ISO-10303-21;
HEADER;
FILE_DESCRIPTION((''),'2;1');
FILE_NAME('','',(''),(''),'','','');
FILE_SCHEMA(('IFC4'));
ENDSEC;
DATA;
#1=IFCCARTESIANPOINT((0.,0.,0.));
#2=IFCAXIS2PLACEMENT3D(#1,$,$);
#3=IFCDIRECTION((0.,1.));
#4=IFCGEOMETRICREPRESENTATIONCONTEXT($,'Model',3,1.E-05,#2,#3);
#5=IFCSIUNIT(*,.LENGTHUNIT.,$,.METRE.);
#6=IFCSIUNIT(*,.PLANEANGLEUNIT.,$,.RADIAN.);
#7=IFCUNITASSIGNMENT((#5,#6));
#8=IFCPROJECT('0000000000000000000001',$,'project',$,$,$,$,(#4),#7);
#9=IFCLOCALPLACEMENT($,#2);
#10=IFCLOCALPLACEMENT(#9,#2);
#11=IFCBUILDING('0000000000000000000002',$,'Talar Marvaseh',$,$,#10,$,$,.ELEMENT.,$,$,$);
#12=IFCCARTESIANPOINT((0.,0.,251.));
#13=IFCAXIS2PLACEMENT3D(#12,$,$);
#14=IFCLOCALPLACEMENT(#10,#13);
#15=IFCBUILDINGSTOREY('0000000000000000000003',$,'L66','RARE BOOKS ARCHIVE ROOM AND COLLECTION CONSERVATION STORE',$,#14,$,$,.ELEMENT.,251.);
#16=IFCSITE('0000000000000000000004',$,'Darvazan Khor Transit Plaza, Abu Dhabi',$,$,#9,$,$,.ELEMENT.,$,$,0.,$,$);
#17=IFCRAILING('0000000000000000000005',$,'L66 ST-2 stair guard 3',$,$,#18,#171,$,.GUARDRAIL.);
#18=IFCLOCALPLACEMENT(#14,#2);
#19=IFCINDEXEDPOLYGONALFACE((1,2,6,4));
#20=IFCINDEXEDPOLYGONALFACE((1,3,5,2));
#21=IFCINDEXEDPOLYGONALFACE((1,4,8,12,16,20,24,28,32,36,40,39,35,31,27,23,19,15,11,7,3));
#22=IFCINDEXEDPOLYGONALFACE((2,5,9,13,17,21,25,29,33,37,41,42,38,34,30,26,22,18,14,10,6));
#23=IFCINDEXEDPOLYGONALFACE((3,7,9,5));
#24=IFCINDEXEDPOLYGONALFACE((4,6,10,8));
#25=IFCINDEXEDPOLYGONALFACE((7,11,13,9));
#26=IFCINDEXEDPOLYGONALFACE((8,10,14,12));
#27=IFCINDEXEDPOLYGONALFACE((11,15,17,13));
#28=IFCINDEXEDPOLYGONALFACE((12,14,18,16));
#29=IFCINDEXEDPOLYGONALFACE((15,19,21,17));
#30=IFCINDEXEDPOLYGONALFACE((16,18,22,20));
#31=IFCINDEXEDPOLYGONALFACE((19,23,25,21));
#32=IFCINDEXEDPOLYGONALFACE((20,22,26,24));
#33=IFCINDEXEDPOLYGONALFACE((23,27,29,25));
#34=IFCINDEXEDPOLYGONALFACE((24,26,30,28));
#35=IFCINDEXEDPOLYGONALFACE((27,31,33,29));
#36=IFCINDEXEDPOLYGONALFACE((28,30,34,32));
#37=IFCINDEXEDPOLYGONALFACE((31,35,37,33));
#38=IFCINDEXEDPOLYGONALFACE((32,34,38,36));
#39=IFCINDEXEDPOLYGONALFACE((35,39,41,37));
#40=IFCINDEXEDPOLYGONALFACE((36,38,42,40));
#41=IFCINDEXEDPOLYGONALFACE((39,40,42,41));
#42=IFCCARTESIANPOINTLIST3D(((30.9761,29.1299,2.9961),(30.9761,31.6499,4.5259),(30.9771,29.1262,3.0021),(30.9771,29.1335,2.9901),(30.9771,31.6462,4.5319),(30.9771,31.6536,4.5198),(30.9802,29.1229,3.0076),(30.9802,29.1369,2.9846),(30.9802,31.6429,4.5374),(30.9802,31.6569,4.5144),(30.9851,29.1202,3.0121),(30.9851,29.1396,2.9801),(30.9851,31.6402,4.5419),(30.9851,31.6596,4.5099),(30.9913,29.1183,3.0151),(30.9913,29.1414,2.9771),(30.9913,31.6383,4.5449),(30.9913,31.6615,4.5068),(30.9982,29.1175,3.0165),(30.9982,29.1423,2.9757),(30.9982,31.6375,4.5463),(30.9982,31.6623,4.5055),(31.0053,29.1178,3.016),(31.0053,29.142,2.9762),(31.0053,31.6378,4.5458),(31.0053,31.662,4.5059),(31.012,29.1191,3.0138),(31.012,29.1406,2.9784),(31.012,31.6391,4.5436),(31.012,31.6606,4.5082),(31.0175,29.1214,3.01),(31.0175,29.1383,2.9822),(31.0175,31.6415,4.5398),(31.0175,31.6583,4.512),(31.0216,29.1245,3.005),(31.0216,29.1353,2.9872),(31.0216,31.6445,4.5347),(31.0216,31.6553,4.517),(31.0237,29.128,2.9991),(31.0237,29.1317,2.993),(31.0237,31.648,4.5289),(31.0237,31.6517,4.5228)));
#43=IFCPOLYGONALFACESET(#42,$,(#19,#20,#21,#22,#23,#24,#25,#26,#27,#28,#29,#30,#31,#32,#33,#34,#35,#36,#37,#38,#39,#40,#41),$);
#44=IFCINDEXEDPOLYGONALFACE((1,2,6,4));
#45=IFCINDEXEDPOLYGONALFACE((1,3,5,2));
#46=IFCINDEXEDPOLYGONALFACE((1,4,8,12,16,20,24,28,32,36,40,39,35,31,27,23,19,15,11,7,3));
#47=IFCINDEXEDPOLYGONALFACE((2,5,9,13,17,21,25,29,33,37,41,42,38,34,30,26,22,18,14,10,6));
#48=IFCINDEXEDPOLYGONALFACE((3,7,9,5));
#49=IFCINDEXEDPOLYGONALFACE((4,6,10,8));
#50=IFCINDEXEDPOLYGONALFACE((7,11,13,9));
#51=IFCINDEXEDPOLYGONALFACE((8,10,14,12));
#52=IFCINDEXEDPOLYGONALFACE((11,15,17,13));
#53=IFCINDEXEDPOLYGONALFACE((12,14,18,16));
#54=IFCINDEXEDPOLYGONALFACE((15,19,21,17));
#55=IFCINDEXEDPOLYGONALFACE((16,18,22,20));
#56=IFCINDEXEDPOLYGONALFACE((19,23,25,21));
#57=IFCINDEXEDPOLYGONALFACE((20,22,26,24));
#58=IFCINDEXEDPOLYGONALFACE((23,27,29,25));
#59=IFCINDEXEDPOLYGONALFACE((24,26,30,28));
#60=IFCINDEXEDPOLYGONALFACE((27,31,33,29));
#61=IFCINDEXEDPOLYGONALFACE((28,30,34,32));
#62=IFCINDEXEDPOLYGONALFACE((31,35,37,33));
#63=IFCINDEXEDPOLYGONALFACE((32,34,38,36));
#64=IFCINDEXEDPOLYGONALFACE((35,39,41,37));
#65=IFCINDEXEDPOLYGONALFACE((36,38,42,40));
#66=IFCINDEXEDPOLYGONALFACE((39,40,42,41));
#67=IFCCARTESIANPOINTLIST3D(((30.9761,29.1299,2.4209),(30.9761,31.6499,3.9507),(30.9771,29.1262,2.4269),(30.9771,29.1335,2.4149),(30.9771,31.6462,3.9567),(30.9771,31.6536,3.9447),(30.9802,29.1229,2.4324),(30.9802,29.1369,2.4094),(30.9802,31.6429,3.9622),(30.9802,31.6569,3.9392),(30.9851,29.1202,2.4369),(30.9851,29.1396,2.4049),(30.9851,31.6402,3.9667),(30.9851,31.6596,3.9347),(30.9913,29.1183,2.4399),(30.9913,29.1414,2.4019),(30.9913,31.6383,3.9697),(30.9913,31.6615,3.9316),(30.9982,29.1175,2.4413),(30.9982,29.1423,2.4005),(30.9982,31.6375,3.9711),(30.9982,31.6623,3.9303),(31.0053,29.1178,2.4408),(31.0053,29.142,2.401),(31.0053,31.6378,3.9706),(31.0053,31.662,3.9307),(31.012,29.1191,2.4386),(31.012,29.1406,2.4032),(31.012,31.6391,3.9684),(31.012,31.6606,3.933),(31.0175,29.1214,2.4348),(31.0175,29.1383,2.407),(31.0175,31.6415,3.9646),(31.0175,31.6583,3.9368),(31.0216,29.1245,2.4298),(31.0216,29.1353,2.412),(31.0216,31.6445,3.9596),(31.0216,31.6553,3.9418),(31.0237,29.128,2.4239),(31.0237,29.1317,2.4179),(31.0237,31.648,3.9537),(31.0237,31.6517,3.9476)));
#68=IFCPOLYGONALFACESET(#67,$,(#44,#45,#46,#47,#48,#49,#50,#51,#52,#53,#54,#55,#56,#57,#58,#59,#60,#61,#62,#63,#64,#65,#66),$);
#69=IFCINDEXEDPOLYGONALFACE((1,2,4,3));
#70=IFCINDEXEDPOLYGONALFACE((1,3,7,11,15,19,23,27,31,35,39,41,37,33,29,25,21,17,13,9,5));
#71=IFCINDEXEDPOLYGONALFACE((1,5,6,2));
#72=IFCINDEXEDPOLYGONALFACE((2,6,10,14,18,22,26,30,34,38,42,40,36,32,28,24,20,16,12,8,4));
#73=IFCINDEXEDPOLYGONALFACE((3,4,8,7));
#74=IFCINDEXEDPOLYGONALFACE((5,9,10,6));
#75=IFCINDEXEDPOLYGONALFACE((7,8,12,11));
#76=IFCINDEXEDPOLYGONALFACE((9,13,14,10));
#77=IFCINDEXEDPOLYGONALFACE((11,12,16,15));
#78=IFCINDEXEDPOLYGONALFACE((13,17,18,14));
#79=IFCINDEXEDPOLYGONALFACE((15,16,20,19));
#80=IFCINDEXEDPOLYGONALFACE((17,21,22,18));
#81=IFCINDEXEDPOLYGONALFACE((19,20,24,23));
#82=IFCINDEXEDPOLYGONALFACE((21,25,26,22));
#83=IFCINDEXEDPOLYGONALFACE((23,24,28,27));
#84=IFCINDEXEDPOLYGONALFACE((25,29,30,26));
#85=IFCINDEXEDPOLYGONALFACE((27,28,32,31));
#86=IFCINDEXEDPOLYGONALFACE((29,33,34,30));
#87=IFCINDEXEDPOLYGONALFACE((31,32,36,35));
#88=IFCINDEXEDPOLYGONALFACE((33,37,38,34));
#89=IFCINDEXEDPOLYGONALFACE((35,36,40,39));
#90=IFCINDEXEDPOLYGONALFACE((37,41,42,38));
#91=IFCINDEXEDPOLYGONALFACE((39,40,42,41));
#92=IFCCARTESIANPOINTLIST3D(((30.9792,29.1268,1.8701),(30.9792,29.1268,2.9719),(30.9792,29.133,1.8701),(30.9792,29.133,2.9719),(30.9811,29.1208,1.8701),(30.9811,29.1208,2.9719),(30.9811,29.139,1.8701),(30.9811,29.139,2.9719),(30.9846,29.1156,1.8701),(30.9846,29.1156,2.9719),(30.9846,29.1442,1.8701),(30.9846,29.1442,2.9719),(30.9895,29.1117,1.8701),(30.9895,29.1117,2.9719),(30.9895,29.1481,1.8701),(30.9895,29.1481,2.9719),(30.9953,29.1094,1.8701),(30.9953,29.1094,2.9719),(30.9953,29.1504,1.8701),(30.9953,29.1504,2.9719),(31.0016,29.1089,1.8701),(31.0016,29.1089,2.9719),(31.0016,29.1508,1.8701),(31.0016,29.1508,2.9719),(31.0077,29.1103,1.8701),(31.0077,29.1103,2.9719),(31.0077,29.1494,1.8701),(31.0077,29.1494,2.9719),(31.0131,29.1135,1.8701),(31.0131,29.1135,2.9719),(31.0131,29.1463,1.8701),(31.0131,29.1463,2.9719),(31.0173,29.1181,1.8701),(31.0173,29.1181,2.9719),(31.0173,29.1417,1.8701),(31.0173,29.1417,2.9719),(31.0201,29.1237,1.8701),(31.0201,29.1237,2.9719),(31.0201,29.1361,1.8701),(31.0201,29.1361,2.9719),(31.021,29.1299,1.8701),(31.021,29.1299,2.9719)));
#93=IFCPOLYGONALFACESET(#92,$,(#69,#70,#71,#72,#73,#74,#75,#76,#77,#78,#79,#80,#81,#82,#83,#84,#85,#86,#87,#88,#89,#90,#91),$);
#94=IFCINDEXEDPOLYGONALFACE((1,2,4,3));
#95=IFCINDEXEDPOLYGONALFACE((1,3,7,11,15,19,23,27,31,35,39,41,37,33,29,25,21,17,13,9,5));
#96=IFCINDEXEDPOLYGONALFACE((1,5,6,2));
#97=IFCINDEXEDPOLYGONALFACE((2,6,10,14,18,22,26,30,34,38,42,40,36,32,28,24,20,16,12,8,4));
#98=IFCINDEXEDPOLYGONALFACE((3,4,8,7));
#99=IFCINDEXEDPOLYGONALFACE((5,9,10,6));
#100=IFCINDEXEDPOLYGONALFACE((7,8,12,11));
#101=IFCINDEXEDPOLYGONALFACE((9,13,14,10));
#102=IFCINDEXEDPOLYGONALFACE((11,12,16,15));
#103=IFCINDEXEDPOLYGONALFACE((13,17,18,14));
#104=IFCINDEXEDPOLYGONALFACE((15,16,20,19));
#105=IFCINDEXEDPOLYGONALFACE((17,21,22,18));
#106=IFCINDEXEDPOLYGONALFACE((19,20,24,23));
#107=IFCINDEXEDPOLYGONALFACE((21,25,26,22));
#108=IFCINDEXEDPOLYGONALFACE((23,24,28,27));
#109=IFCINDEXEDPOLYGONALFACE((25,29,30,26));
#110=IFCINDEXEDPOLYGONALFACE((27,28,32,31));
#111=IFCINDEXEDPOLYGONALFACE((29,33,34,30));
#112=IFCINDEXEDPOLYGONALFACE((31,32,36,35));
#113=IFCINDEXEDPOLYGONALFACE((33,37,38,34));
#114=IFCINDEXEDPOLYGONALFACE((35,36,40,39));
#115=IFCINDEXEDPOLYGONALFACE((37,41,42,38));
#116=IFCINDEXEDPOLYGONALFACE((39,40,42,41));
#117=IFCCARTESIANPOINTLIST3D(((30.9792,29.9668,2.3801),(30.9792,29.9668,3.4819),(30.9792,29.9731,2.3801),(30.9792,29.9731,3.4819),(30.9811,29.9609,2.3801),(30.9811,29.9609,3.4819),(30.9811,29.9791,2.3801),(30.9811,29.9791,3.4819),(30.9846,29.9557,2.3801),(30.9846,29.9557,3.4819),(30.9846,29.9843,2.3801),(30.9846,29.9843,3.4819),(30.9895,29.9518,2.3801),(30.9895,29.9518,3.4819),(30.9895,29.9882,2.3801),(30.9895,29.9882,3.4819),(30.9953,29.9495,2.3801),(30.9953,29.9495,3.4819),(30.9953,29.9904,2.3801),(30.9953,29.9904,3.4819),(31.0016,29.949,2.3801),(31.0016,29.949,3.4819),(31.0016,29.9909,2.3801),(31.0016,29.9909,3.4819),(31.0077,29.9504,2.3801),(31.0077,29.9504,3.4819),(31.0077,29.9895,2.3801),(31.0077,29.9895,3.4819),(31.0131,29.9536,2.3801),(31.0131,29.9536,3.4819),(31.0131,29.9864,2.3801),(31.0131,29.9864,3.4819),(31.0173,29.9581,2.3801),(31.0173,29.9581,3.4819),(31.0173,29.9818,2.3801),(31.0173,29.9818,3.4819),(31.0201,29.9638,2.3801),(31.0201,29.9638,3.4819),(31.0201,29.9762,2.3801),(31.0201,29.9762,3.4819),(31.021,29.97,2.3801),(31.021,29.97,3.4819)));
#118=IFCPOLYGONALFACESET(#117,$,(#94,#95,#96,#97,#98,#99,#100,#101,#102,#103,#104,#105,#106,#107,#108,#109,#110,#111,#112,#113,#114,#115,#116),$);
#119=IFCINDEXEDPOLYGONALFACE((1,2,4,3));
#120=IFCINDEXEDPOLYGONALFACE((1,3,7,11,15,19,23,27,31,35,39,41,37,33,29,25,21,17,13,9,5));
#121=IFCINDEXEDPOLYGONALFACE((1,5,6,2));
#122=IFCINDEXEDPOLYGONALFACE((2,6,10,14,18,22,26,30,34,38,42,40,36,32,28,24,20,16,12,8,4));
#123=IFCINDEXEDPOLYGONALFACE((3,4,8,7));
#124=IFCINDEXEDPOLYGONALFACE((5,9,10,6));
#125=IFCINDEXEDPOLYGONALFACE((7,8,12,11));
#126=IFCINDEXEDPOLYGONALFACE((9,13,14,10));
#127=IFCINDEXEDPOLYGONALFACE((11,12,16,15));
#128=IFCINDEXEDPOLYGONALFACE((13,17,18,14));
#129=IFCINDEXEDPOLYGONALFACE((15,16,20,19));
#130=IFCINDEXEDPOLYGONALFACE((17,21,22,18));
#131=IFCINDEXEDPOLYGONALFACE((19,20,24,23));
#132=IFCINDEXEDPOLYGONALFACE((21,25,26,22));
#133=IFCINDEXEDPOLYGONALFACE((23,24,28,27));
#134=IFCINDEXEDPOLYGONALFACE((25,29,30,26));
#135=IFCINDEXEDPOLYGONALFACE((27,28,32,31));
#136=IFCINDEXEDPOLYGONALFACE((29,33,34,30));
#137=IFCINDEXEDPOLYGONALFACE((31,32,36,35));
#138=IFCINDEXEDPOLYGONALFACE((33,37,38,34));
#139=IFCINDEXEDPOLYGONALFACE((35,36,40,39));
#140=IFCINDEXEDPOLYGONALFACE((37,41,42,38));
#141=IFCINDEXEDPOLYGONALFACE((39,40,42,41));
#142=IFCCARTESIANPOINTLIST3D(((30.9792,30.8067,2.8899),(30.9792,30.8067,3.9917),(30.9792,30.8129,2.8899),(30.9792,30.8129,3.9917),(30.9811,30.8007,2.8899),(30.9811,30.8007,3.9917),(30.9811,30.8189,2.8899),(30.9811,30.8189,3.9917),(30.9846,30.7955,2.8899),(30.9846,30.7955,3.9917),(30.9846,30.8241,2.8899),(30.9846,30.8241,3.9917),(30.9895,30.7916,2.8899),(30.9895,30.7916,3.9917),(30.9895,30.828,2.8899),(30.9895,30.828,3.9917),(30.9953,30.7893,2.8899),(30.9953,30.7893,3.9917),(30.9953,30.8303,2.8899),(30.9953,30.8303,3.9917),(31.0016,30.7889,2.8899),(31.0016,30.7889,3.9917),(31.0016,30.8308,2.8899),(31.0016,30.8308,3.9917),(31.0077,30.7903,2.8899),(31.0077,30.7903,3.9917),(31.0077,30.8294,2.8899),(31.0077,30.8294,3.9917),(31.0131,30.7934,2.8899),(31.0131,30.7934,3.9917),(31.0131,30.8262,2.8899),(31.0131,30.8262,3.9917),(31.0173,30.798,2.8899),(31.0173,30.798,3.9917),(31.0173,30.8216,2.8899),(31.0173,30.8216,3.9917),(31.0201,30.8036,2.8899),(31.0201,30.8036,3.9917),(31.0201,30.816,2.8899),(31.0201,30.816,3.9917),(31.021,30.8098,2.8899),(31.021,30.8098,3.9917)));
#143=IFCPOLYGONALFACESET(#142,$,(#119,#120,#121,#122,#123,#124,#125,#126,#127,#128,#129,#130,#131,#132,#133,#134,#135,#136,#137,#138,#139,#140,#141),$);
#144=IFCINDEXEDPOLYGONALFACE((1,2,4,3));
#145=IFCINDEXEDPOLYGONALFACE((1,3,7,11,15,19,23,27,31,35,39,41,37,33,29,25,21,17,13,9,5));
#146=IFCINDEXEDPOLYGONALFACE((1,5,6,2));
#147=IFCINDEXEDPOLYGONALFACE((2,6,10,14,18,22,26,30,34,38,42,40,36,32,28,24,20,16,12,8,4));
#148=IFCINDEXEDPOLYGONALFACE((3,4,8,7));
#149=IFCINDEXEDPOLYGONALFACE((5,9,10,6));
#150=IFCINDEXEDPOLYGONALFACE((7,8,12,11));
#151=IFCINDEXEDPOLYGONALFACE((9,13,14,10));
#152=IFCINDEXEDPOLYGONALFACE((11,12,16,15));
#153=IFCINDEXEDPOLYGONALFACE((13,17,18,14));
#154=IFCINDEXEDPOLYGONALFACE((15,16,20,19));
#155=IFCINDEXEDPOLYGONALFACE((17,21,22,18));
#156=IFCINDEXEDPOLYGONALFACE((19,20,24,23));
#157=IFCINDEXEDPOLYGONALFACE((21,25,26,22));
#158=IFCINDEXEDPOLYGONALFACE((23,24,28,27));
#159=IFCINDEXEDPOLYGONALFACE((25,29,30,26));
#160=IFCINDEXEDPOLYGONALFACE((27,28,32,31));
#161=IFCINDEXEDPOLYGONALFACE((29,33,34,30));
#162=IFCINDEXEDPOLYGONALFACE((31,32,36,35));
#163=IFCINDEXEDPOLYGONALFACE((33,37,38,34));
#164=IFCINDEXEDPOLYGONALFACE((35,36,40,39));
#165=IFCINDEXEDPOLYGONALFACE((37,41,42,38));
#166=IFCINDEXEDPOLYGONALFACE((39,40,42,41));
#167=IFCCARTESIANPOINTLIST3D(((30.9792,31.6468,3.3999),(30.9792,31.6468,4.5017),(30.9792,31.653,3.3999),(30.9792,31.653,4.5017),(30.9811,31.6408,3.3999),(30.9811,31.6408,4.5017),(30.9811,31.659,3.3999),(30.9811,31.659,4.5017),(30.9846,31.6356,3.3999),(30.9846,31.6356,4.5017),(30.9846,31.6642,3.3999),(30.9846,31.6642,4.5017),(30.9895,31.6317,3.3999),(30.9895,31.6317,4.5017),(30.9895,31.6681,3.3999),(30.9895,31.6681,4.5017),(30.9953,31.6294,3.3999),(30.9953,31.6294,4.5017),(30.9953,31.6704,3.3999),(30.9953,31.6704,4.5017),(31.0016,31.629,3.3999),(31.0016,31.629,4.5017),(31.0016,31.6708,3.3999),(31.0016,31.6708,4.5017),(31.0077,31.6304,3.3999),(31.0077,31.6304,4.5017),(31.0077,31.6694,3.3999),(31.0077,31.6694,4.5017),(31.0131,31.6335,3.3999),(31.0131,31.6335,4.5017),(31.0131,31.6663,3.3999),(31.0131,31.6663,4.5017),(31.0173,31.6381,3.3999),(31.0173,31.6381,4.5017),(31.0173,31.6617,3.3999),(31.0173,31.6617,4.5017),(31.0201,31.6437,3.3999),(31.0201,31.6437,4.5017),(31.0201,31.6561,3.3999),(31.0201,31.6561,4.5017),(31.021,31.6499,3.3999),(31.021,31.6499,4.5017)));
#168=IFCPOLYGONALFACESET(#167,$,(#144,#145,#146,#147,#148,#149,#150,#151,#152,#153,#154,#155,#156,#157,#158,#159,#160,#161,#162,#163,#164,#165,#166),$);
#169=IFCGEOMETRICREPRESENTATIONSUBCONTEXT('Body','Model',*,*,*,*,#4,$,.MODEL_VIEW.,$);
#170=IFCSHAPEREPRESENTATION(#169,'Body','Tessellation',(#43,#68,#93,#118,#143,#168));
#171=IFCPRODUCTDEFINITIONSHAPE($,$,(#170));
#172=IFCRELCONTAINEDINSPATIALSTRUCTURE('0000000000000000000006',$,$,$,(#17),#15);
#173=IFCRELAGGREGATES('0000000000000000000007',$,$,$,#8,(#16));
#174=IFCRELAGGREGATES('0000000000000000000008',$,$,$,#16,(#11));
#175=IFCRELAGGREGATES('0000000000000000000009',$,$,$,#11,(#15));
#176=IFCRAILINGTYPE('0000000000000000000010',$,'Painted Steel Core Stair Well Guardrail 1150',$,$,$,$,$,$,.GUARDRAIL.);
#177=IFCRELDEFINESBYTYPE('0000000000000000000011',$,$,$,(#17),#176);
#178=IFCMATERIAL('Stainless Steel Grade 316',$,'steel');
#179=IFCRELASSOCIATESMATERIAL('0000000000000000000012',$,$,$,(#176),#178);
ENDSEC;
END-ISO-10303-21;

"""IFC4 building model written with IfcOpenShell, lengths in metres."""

from ifc_helpers import new_model, si_unit, direction, frame, origin, origin_2d, place, context, subcontext, project, spatial, circle, extrude, material, type_object, element, save


model = new_model("IFC4")

# Units and contexts
model_context = context("Model", 3, precision=1e-05, world=origin(), true_north=direction((0.0, 1.0)))
body_context = subcontext(model_context, "Body", "Model", "MODEL_VIEW")
ifc_project = project(units=[si_unit("LENGTHUNIT", "METRE"), si_unit("PLANEANGLEUNIT", "RADIAN")], contexts=[model_context])

# Site, building, storey
site_placement = place(None, origin())
site = spatial("IfcSite", under=ifc_project, at=site_placement, Name="Darvazan Khor Transit Plaza, Abu Dhabi", CompositionType="ELEMENT", RefElevation=0.0)
building_placement = place(site_placement, origin())
building = spatial("IfcBuilding", under=site, at=building_placement, Name="Talar Marvaseh", CompositionType="ELEMENT")
storey_placement = place(building_placement, frame((0.0, 0.0, 251.0)))
storey = spatial("IfcBuildingStorey", under=building, at=storey_placement, Name="L66", Description="RARE BOOKS ARCHIVE ROOM AND COLLECTION CONSERVATION STORE", CompositionType="ELEMENT", Elevation=251.0)

# Shared definitions
ifc_material_1 = material(Name="Stainless Steel Grade 316", Category="steel")

# Railing
railing_type_1 = type_object("IfcRailingType", Name="Painted Steel Core Stair Well Guardrail 1150", PredefinedType="GUARDRAIL", material=ifc_material_1)
railing_1_placement = place(storey_placement, frame((31.0, 29.1299, 1.8701)))
element("IfcRailing", 1, at=railing_1_placement, inside=storey, type_object=railing_type_1, Name="L66 ST-2 stair guard 3", PredefinedType="GUARDRAIL", context=body_context, shape_type="SweptSolid", body=[
    extrude(circle(Radius=0.0239, at=origin_2d()), frame((0.0, 0.0, 1.126), z_axis=(0.0, 0.854822, 0.518922), x_axis=(-1.0, 0.0, 0.0)), (0.0, 0.0, 1.0), 2.948),
    extrude(circle(Radius=0.0239, at=origin_2d()), frame((0.0, 0.0, 0.5508), z_axis=(0.0, 0.854822, 0.518922), x_axis=(-1.0, 0.0, 0.0)), (0.0, 0.0, 1.0), 2.948),
    extrude(circle(Radius=0.021, at=origin_2d()), origin(), (0.0, 0.0, 1.0), 1.1018),
    extrude(circle(Radius=0.021, at=origin_2d()), frame((0.0, 0.8401, 0.51)), (0.0, 0.0, 1.0), 1.1018),
    extrude(circle(Radius=0.021, at=origin_2d()), frame((0.0, 1.6799, 1.0198)), (0.0, 0.0, 1.0), 1.1018),
    extrude(circle(Radius=0.021, at=origin_2d()), frame((0.0, 2.52, 1.5298)), (0.0, 0.0, 1.0), 1.1018),
])

save(model, "model.ifc")
